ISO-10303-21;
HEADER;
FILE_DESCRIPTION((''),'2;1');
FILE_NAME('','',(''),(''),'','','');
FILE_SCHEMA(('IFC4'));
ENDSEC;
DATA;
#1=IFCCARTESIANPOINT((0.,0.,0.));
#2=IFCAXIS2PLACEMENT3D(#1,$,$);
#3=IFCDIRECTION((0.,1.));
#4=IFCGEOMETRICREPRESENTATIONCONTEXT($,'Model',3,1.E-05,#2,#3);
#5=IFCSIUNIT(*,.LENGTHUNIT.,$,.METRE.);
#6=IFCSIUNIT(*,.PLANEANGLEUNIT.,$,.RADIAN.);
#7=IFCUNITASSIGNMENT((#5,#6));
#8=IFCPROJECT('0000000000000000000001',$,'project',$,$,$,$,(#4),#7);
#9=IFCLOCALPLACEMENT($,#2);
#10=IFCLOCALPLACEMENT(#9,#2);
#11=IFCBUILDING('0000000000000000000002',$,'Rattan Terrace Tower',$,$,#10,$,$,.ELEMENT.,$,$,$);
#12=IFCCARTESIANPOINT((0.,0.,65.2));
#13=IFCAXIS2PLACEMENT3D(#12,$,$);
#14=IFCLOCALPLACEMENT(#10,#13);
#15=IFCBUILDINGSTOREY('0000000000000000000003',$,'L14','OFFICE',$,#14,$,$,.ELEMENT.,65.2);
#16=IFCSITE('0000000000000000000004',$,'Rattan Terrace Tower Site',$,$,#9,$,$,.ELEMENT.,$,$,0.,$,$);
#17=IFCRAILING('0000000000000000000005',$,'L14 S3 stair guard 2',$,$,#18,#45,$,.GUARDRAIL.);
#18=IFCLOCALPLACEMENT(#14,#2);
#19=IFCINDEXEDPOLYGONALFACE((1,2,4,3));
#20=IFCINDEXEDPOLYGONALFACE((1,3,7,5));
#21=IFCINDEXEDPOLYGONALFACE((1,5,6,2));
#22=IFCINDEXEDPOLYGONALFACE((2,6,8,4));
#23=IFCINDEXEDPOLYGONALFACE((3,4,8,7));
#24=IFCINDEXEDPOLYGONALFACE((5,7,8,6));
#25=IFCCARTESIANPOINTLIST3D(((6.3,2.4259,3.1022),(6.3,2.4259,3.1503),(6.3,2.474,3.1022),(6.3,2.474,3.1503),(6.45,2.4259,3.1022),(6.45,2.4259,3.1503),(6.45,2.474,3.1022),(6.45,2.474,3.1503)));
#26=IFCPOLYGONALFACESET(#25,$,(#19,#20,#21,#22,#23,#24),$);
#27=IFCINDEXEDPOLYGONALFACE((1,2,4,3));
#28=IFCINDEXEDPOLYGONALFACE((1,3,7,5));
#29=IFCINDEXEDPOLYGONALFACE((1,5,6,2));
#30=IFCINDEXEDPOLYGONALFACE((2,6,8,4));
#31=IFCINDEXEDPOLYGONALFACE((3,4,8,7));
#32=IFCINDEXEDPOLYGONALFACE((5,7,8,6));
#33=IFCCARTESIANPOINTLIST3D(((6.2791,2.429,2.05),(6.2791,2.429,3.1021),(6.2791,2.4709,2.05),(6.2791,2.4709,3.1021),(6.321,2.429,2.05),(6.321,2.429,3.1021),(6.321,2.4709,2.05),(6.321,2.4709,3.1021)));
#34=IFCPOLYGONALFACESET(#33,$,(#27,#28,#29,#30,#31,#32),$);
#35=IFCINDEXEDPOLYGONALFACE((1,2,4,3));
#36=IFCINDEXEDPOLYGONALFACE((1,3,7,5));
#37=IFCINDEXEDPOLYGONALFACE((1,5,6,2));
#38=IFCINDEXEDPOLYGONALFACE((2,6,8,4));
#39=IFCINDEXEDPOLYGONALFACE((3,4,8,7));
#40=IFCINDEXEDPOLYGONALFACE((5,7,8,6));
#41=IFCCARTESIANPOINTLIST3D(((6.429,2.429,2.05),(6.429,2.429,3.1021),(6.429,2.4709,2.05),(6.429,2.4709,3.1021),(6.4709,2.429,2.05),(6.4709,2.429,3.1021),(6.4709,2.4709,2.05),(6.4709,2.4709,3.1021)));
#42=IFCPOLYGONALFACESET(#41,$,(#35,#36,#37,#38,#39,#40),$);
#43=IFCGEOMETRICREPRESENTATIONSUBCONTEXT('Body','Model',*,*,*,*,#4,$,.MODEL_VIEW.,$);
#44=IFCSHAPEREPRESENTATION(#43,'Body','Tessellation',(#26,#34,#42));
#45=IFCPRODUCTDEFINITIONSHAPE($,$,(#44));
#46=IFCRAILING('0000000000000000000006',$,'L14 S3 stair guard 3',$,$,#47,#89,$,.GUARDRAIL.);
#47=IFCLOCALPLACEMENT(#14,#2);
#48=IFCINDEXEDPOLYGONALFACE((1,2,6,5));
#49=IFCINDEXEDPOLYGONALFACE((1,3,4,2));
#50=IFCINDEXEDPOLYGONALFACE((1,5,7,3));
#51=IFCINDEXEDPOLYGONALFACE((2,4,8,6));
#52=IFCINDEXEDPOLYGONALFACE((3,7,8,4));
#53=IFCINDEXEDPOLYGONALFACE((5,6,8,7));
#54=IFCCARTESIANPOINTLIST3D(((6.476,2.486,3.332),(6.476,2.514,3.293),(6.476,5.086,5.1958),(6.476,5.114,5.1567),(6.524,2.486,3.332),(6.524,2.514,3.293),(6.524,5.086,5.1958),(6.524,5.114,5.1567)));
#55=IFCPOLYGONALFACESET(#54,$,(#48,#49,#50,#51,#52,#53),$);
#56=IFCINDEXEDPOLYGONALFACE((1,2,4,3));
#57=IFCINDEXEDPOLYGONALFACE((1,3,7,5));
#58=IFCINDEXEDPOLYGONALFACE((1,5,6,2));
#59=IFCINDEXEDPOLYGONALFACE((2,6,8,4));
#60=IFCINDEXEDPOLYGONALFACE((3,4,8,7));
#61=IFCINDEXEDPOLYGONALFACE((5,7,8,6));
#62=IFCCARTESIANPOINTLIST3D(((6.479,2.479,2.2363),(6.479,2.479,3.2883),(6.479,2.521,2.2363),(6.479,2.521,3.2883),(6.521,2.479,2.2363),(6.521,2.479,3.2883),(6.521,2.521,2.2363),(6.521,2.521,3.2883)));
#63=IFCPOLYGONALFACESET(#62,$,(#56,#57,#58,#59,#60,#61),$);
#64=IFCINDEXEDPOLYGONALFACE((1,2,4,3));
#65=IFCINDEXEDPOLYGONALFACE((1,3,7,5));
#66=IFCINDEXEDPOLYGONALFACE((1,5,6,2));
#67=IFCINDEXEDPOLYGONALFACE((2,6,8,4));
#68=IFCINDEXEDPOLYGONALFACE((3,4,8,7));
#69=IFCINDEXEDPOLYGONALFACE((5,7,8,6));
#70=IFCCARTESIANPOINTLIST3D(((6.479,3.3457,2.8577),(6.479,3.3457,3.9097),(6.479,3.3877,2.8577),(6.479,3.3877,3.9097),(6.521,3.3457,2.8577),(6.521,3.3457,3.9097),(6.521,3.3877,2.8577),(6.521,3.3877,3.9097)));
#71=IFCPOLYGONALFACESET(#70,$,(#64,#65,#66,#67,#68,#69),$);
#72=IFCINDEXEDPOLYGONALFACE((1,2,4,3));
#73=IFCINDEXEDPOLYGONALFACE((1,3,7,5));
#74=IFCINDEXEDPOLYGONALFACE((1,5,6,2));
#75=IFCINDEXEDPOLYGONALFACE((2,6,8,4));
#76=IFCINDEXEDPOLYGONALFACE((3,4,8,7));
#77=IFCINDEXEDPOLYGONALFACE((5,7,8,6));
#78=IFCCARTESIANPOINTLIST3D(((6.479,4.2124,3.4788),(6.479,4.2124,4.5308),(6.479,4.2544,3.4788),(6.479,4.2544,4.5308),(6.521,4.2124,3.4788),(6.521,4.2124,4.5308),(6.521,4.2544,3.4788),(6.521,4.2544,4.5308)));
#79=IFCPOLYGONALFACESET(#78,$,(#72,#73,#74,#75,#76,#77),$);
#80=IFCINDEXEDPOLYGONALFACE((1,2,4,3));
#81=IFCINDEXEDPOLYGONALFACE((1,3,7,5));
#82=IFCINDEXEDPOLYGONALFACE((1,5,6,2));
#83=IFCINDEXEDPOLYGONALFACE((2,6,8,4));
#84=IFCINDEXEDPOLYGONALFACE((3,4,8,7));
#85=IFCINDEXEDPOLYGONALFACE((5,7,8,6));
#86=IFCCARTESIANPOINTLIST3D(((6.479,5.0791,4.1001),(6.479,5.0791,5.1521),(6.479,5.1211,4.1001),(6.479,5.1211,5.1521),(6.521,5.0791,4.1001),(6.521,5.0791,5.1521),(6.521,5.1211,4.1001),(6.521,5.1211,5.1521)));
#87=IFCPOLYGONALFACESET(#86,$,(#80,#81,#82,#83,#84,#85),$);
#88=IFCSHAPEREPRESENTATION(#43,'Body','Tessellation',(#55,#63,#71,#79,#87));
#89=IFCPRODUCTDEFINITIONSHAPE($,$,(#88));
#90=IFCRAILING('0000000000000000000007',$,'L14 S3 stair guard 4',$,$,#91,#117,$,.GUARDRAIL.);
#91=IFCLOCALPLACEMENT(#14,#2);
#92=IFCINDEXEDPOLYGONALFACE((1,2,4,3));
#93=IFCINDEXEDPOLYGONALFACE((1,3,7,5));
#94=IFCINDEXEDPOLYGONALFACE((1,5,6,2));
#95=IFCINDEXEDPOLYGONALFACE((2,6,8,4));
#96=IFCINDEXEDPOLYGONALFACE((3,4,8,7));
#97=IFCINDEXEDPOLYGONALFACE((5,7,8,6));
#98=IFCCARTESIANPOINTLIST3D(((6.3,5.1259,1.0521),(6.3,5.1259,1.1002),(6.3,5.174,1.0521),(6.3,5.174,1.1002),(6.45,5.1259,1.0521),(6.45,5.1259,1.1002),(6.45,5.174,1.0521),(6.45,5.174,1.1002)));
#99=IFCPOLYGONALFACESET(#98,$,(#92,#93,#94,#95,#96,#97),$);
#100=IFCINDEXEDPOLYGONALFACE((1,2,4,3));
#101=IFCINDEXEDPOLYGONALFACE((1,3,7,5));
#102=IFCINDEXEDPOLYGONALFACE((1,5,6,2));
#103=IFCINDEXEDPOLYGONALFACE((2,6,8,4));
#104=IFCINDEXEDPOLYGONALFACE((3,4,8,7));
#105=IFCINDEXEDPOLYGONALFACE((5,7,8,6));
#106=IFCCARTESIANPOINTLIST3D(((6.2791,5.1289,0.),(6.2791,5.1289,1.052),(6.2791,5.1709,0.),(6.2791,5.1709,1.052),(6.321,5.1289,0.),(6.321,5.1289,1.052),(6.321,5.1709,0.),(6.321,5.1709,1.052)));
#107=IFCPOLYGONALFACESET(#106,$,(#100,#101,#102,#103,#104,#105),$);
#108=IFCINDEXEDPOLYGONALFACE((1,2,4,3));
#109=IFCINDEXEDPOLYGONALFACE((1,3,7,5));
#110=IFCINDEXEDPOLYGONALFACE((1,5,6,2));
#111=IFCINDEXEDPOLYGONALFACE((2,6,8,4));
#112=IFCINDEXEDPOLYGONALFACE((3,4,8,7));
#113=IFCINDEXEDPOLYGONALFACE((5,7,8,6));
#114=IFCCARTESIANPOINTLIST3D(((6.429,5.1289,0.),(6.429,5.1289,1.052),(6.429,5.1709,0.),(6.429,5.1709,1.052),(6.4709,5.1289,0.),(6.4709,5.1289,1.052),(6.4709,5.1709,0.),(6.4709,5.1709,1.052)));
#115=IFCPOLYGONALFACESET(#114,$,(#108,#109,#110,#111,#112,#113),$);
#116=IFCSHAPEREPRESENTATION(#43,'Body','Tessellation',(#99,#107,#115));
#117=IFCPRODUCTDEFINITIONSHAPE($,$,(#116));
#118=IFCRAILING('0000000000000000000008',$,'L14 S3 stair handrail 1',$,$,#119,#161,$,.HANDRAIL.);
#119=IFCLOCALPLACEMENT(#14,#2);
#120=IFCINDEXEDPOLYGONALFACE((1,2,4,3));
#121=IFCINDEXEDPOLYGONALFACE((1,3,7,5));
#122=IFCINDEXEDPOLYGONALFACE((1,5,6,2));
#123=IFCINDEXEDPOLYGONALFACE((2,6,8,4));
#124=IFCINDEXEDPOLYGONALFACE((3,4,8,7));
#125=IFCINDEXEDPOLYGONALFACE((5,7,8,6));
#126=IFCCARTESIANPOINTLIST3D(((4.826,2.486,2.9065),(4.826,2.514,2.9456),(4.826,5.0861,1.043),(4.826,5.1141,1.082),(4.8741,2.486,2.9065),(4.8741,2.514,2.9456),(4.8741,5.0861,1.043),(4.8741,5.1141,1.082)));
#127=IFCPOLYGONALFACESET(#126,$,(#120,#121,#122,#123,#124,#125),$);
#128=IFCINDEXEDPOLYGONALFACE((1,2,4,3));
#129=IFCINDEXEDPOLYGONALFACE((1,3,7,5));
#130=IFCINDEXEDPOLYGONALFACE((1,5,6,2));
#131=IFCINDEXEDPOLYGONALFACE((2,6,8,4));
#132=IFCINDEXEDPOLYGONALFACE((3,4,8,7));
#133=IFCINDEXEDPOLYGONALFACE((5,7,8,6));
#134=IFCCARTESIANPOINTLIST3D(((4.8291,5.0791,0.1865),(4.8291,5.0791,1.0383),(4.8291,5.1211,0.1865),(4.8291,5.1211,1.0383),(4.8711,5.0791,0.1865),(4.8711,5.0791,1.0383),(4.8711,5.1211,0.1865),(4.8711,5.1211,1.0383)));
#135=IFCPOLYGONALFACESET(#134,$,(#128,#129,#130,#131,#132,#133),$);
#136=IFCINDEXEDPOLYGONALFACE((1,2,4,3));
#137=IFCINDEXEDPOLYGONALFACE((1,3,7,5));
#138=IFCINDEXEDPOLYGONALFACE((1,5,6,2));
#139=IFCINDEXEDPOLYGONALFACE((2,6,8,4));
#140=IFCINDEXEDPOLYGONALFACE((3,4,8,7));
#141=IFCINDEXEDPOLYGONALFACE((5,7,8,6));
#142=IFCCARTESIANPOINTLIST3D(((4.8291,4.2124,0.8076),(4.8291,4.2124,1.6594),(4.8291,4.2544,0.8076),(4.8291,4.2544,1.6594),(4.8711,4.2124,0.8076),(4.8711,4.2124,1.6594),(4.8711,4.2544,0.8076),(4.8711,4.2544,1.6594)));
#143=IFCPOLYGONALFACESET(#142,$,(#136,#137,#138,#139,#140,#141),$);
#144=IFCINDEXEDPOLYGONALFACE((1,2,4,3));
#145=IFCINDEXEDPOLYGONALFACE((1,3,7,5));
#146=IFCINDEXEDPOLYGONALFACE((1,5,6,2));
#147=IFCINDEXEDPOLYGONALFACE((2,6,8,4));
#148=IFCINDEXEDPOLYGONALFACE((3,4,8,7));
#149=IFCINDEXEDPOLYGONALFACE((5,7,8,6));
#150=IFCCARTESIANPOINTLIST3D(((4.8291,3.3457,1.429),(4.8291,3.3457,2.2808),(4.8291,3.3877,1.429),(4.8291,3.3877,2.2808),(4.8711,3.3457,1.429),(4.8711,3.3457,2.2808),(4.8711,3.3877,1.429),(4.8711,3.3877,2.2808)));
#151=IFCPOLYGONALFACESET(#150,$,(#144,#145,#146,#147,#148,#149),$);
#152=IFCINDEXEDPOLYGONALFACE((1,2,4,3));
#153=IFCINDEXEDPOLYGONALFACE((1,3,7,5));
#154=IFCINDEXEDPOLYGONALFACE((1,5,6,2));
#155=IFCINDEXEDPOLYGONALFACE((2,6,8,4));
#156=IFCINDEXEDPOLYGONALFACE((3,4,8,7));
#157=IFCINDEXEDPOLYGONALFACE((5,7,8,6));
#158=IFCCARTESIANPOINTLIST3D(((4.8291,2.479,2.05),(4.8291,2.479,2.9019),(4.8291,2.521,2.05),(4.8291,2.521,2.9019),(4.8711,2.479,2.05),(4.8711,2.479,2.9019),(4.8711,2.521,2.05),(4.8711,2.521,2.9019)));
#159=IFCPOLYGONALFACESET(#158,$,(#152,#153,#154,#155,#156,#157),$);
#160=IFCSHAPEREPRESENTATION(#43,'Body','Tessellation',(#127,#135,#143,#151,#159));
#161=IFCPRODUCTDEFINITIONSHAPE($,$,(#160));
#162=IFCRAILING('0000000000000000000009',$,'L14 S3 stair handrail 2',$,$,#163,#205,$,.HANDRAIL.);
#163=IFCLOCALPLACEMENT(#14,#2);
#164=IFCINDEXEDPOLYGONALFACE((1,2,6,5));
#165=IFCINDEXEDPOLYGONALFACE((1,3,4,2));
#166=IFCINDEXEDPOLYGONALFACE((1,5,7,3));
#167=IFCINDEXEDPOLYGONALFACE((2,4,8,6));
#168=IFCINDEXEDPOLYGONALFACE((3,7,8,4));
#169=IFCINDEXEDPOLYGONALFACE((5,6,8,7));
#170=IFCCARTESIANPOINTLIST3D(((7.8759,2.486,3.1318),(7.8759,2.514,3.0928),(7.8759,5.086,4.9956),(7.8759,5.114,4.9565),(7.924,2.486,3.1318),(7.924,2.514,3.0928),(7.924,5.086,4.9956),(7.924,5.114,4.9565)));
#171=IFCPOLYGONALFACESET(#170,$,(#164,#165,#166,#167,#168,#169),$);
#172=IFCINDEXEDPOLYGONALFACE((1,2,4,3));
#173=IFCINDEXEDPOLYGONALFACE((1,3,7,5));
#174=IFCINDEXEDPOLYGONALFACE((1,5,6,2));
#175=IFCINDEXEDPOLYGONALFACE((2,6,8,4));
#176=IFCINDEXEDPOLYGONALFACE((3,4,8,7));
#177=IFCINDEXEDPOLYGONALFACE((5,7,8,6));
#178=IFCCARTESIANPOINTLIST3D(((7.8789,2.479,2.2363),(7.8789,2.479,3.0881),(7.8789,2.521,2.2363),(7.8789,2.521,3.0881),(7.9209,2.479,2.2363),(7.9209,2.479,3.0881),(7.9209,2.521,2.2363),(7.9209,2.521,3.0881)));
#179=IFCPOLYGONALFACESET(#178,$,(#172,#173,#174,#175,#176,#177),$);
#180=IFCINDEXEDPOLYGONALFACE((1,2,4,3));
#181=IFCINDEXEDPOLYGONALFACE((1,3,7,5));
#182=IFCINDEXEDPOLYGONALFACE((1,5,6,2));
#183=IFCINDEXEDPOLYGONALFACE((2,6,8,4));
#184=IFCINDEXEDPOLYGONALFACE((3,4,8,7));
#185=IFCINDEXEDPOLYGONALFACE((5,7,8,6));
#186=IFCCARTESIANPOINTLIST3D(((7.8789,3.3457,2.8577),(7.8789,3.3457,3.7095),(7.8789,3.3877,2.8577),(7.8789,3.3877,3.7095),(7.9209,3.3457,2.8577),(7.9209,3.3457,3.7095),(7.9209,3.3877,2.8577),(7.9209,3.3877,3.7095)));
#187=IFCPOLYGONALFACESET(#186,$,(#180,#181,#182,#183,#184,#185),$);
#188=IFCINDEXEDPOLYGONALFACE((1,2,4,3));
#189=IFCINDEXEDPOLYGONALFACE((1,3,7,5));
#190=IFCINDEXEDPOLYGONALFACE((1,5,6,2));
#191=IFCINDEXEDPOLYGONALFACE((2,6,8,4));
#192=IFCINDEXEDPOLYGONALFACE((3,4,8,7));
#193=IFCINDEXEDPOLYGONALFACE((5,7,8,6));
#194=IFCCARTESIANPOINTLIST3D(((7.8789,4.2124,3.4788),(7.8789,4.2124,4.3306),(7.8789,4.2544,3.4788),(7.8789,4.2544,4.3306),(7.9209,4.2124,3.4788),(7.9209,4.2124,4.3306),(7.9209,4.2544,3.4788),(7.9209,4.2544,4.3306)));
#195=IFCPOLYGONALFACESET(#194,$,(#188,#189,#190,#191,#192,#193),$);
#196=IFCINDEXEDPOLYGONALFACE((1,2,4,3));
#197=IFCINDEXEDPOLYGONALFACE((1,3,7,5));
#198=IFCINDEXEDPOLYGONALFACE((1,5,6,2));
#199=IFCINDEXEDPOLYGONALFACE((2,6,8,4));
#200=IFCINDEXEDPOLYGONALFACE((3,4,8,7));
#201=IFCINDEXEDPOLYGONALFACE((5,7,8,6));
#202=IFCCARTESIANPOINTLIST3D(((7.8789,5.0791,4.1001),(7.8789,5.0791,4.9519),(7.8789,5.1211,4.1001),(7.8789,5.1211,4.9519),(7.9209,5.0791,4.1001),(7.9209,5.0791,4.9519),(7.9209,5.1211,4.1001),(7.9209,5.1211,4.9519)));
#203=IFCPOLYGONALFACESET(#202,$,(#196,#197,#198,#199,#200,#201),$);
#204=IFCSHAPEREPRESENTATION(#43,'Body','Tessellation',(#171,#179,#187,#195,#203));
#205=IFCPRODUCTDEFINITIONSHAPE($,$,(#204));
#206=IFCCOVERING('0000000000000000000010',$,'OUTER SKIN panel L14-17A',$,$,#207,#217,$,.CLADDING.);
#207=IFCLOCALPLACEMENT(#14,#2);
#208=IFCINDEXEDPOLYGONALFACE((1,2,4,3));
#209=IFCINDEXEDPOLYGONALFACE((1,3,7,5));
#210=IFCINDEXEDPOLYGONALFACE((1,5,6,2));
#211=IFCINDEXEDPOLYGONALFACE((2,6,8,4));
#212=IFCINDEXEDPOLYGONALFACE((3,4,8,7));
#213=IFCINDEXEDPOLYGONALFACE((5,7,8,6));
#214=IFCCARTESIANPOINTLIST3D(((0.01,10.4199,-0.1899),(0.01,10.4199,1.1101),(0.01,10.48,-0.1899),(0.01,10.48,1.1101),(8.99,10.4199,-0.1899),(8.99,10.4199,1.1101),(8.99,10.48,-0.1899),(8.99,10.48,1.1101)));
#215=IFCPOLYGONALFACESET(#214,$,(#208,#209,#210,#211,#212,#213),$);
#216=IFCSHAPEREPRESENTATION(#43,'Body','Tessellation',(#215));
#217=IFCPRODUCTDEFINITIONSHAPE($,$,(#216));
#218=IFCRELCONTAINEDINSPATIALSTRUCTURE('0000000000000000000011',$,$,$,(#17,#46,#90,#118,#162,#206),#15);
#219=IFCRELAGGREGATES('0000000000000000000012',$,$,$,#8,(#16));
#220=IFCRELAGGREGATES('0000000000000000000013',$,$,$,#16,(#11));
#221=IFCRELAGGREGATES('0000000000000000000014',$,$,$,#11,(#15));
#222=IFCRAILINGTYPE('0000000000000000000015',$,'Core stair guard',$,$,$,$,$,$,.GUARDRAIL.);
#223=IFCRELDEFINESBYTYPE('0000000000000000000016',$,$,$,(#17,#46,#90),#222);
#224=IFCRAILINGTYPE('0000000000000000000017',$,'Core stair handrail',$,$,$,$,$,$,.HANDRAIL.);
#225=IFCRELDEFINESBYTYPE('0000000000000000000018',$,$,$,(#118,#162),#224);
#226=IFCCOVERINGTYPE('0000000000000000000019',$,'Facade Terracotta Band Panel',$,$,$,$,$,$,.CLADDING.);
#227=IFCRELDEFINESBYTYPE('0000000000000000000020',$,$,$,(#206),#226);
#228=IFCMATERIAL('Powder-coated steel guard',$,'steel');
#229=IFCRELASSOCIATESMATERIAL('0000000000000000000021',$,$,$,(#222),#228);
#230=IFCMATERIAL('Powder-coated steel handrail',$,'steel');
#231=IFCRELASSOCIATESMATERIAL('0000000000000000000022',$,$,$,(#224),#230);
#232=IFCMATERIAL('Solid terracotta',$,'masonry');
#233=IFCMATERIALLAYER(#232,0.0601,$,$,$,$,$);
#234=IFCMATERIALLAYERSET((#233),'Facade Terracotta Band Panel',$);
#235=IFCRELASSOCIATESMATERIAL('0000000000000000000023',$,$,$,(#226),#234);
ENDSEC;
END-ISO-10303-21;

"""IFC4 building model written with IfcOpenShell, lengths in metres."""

from ifc_helpers import new_model, si_unit, direction, frame, origin, origin_2d, place, context, subcontext, project, spatial, rectangle, extrude, material, layer, layer_set, type_object, element, save


model = new_model("IFC4")

# Units and contexts
model_context = context("Model", 3, precision=1e-05, world=origin(), true_north=direction((0.0, 1.0)))
body_context = subcontext(model_context, "Body", "Model", "MODEL_VIEW")
ifc_project = project(units=[si_unit("LENGTHUNIT", "METRE"), si_unit("PLANEANGLEUNIT", "RADIAN")], contexts=[model_context])

# Site, building, storey
site_placement = place(None, origin())
site = spatial("IfcSite", under=ifc_project, at=site_placement, Name="Rattan Terrace Tower Site", CompositionType="ELEMENT", RefElevation=0.0)
building_placement = place(site_placement, origin())
building = spatial("IfcBuilding", under=site, at=building_placement, Name="Rattan Terrace Tower", CompositionType="ELEMENT")
storey_placement = place(building_placement, frame((0.0, 0.0, 65.2)))
storey = spatial("IfcBuildingStorey", under=building, at=storey_placement, Name="L14", Description="OFFICE", CompositionType="ELEMENT", Elevation=65.2)

# Railings
ifc_material_1 = material(Name="Powder-coated steel guard", Category="steel")
railing_type_1 = type_object("IfcRailingType", Name="Core stair guard", PredefinedType="GUARDRAIL", material=ifc_material_1)
railing_1_placement = place(storey_placement, frame((6.3, 2.45, 2.05)))
element("IfcRailing", 1, at=railing_1_placement, inside=storey, type_object=railing_type_1, Name="L14 S3 stair guard 2", PredefinedType="GUARDRAIL", context=body_context, shape_type="SweptSolid", body=[
    extrude(rectangle(XDim=0.0481, YDim=0.0481, at=origin_2d()), frame((0.0, 0.0, 1.0762), z_axis=(1.0, 0.0, 0.0), x_axis=(0.0, 1.0, 0.0)), (0.0, 0.0, 1.0), 0.1499),
    extrude(rectangle(XDim=0.042, YDim=0.042, at=origin_2d()), origin(), (0.0, 0.0, 1.0), 1.052),
    extrude(rectangle(XDim=0.042, YDim=0.042, at=origin_2d()), frame((0.1499, 0.0, 0.0)), (0.0, 0.0, 1.0), 1.052),
])
railing_2_placement = place(storey_placement, frame((6.5, 2.5, 2.2363)))
element("IfcRailing", 2, at=railing_2_placement, inside=storey, type_object=railing_type_1, Name="L14 S3 stair guard 3", PredefinedType="GUARDRAIL", context=body_context, shape_type="SweptSolid", body=[
    extrude(rectangle(XDim=0.0481, YDim=0.0481, at=origin_2d()), frame((0.0, 0.0, 1.0762), z_axis=(0.0, 0.812763, 0.582595), x_axis=(-1.0, 0.0, 0.0)), (0.0, 0.0, 1.0), 3.199),
    extrude(rectangle(XDim=0.042, YDim=0.042, at=origin_2d()), origin(), (0.0, 0.0, 1.0), 1.052),
    extrude(rectangle(XDim=0.042, YDim=0.042, at=origin_2d()), frame((0.0, 0.8667, 0.6213)), (0.0, 0.0, 1.0), 1.052),
    extrude(rectangle(XDim=0.042, YDim=0.042, at=origin_2d()), frame((0.0, 1.7334, 1.2424)), (0.0, 0.0, 1.0), 1.052),
    extrude(rectangle(XDim=0.042, YDim=0.042, at=origin_2d()), frame((0.0, 2.6001, 1.8638)), (0.0, 0.0, 1.0), 1.052),
])
railing_3_placement = place(storey_placement, frame((6.3, 5.1499, 0.0)))
element("IfcRailing", 3, at=railing_3_placement, inside=storey, type_object=railing_type_1, Name="L14 S3 stair guard 4", PredefinedType="GUARDRAIL", context=body_context, shape_type="SweptSolid", body=[
    extrude(rectangle(XDim=0.0481, YDim=0.0481, at=origin_2d()), frame((0.0, 0.0, 1.0762), z_axis=(1.0, 0.0, 0.0), x_axis=(0.0, 1.0, 0.0)), (0.0, 0.0, 1.0), 0.1499),
    extrude(rectangle(XDim=0.042, YDim=0.042, at=origin_2d()), origin(), (0.0, 0.0, 1.0), 1.052),
    extrude(rectangle(XDim=0.042, YDim=0.042, at=origin_2d()), frame((0.1499, 0.0, 0.0)), (0.0, 0.0, 1.0), 1.052),
])
ifc_material_2 = material(Name="Powder-coated steel handrail", Category="steel")
railing_type_2 = type_object("IfcRailingType", Name="Core stair handrail", PredefinedType="HANDRAIL", material=ifc_material_2)
railing_4_placement = place(storey_placement, frame((4.8501, 5.1001, 0.1865)))
element("IfcRailing", 4, at=railing_4_placement, inside=storey, type_object=railing_type_2, Name="L14 S3 stair handrail 1", PredefinedType="HANDRAIL", context=body_context, shape_type="SweptSolid", body=[
    extrude(rectangle(XDim=0.0481, YDim=0.0481, at=origin_2d()), frame((0.0, 0.0, 0.876), z_axis=(0.0, -0.812799, 0.582544), x_axis=(1.0, 0.0, 0.0)), (0.0, 0.0, 1.0), 3.199),
    extrude(rectangle(XDim=0.042, YDim=0.042, at=origin_2d()), origin(), (0.0, 0.0, 1.0), 0.8518),
    extrude(rectangle(XDim=0.042, YDim=0.042, at=origin_2d()), frame((0.0, -0.8667, 0.6211)), (0.0, 0.0, 1.0), 0.8518),
    extrude(rectangle(XDim=0.042, YDim=0.042, at=origin_2d()), frame((0.0, -1.7334, 1.2424)), (0.0, 0.0, 1.0), 0.8518),
    extrude(rectangle(XDim=0.042, YDim=0.042, at=origin_2d()), frame((0.0, -2.6001, 1.8635)), (0.0, 0.0, 1.0), 0.8518),
])
railing_5_placement = place(storey_placement, frame((7.8999, 2.5, 2.2363)))
element("IfcRailing", 5, at=railing_5_placement, inside=storey, type_object=railing_type_2, Name="L14 S3 stair handrail 2", PredefinedType="HANDRAIL", context=body_context, shape_type="SweptSolid", body=[
    extrude(rectangle(XDim=0.0481, YDim=0.0481, at=origin_2d()), frame((0.0, 0.0, 0.876), z_axis=(0.0, 0.812763, 0.582595), x_axis=(-1.0, 0.0, 0.0)), (0.0, 0.0, 1.0), 3.199),
    extrude(rectangle(XDim=0.042, YDim=0.042, at=origin_2d()), origin(), (0.0, 0.0, 1.0), 0.8518),
    extrude(rectangle(XDim=0.042, YDim=0.042, at=origin_2d()), frame((0.0, 0.8667, 0.6213)), (0.0, 0.0, 1.0), 0.8518),
    extrude(rectangle(XDim=0.042, YDim=0.042, at=origin_2d()), frame((0.0, 1.7334, 1.2424)), (0.0, 0.0, 1.0), 0.8518),
    extrude(rectangle(XDim=0.042, YDim=0.042, at=origin_2d()), frame((0.0, 2.6001, 1.8638)), (0.0, 0.0, 1.0), 0.8518),
])

# Covering
ifc_material_3 = material(Name="Solid terracotta", Category="masonry")
ifc_layer_1 = layer(ifc_material_3, 0.0601)
ifc_layer_set_1 = layer_set([ifc_layer_1], Name="Facade Terracotta Band Panel")
covering_type_1 = type_object("IfcCoveringType", Name="Facade Terracotta Band Panel", PredefinedType="CLADDING", material=ifc_layer_set_1)
covering_1_placement = place(storey_placement, frame((4.5, 10.45, -0.1899), z_axis=(0.0, 0.0, 1.0), x_axis=(-1.0, 0.0, 0.0)))
element("IfcCovering", 6, at=covering_1_placement, inside=storey, type_object=covering_type_1, Name="OUTER SKIN panel L14-17A", PredefinedType="CLADDING", context=body_context, shape_type="SweptSolid", body=[
    extrude(rectangle(XDim=8.98, YDim=0.0601, at=origin_2d()), origin(), (0.0, 0.0, 1.0), 1.3),
])

save(model, "model.ifc")
